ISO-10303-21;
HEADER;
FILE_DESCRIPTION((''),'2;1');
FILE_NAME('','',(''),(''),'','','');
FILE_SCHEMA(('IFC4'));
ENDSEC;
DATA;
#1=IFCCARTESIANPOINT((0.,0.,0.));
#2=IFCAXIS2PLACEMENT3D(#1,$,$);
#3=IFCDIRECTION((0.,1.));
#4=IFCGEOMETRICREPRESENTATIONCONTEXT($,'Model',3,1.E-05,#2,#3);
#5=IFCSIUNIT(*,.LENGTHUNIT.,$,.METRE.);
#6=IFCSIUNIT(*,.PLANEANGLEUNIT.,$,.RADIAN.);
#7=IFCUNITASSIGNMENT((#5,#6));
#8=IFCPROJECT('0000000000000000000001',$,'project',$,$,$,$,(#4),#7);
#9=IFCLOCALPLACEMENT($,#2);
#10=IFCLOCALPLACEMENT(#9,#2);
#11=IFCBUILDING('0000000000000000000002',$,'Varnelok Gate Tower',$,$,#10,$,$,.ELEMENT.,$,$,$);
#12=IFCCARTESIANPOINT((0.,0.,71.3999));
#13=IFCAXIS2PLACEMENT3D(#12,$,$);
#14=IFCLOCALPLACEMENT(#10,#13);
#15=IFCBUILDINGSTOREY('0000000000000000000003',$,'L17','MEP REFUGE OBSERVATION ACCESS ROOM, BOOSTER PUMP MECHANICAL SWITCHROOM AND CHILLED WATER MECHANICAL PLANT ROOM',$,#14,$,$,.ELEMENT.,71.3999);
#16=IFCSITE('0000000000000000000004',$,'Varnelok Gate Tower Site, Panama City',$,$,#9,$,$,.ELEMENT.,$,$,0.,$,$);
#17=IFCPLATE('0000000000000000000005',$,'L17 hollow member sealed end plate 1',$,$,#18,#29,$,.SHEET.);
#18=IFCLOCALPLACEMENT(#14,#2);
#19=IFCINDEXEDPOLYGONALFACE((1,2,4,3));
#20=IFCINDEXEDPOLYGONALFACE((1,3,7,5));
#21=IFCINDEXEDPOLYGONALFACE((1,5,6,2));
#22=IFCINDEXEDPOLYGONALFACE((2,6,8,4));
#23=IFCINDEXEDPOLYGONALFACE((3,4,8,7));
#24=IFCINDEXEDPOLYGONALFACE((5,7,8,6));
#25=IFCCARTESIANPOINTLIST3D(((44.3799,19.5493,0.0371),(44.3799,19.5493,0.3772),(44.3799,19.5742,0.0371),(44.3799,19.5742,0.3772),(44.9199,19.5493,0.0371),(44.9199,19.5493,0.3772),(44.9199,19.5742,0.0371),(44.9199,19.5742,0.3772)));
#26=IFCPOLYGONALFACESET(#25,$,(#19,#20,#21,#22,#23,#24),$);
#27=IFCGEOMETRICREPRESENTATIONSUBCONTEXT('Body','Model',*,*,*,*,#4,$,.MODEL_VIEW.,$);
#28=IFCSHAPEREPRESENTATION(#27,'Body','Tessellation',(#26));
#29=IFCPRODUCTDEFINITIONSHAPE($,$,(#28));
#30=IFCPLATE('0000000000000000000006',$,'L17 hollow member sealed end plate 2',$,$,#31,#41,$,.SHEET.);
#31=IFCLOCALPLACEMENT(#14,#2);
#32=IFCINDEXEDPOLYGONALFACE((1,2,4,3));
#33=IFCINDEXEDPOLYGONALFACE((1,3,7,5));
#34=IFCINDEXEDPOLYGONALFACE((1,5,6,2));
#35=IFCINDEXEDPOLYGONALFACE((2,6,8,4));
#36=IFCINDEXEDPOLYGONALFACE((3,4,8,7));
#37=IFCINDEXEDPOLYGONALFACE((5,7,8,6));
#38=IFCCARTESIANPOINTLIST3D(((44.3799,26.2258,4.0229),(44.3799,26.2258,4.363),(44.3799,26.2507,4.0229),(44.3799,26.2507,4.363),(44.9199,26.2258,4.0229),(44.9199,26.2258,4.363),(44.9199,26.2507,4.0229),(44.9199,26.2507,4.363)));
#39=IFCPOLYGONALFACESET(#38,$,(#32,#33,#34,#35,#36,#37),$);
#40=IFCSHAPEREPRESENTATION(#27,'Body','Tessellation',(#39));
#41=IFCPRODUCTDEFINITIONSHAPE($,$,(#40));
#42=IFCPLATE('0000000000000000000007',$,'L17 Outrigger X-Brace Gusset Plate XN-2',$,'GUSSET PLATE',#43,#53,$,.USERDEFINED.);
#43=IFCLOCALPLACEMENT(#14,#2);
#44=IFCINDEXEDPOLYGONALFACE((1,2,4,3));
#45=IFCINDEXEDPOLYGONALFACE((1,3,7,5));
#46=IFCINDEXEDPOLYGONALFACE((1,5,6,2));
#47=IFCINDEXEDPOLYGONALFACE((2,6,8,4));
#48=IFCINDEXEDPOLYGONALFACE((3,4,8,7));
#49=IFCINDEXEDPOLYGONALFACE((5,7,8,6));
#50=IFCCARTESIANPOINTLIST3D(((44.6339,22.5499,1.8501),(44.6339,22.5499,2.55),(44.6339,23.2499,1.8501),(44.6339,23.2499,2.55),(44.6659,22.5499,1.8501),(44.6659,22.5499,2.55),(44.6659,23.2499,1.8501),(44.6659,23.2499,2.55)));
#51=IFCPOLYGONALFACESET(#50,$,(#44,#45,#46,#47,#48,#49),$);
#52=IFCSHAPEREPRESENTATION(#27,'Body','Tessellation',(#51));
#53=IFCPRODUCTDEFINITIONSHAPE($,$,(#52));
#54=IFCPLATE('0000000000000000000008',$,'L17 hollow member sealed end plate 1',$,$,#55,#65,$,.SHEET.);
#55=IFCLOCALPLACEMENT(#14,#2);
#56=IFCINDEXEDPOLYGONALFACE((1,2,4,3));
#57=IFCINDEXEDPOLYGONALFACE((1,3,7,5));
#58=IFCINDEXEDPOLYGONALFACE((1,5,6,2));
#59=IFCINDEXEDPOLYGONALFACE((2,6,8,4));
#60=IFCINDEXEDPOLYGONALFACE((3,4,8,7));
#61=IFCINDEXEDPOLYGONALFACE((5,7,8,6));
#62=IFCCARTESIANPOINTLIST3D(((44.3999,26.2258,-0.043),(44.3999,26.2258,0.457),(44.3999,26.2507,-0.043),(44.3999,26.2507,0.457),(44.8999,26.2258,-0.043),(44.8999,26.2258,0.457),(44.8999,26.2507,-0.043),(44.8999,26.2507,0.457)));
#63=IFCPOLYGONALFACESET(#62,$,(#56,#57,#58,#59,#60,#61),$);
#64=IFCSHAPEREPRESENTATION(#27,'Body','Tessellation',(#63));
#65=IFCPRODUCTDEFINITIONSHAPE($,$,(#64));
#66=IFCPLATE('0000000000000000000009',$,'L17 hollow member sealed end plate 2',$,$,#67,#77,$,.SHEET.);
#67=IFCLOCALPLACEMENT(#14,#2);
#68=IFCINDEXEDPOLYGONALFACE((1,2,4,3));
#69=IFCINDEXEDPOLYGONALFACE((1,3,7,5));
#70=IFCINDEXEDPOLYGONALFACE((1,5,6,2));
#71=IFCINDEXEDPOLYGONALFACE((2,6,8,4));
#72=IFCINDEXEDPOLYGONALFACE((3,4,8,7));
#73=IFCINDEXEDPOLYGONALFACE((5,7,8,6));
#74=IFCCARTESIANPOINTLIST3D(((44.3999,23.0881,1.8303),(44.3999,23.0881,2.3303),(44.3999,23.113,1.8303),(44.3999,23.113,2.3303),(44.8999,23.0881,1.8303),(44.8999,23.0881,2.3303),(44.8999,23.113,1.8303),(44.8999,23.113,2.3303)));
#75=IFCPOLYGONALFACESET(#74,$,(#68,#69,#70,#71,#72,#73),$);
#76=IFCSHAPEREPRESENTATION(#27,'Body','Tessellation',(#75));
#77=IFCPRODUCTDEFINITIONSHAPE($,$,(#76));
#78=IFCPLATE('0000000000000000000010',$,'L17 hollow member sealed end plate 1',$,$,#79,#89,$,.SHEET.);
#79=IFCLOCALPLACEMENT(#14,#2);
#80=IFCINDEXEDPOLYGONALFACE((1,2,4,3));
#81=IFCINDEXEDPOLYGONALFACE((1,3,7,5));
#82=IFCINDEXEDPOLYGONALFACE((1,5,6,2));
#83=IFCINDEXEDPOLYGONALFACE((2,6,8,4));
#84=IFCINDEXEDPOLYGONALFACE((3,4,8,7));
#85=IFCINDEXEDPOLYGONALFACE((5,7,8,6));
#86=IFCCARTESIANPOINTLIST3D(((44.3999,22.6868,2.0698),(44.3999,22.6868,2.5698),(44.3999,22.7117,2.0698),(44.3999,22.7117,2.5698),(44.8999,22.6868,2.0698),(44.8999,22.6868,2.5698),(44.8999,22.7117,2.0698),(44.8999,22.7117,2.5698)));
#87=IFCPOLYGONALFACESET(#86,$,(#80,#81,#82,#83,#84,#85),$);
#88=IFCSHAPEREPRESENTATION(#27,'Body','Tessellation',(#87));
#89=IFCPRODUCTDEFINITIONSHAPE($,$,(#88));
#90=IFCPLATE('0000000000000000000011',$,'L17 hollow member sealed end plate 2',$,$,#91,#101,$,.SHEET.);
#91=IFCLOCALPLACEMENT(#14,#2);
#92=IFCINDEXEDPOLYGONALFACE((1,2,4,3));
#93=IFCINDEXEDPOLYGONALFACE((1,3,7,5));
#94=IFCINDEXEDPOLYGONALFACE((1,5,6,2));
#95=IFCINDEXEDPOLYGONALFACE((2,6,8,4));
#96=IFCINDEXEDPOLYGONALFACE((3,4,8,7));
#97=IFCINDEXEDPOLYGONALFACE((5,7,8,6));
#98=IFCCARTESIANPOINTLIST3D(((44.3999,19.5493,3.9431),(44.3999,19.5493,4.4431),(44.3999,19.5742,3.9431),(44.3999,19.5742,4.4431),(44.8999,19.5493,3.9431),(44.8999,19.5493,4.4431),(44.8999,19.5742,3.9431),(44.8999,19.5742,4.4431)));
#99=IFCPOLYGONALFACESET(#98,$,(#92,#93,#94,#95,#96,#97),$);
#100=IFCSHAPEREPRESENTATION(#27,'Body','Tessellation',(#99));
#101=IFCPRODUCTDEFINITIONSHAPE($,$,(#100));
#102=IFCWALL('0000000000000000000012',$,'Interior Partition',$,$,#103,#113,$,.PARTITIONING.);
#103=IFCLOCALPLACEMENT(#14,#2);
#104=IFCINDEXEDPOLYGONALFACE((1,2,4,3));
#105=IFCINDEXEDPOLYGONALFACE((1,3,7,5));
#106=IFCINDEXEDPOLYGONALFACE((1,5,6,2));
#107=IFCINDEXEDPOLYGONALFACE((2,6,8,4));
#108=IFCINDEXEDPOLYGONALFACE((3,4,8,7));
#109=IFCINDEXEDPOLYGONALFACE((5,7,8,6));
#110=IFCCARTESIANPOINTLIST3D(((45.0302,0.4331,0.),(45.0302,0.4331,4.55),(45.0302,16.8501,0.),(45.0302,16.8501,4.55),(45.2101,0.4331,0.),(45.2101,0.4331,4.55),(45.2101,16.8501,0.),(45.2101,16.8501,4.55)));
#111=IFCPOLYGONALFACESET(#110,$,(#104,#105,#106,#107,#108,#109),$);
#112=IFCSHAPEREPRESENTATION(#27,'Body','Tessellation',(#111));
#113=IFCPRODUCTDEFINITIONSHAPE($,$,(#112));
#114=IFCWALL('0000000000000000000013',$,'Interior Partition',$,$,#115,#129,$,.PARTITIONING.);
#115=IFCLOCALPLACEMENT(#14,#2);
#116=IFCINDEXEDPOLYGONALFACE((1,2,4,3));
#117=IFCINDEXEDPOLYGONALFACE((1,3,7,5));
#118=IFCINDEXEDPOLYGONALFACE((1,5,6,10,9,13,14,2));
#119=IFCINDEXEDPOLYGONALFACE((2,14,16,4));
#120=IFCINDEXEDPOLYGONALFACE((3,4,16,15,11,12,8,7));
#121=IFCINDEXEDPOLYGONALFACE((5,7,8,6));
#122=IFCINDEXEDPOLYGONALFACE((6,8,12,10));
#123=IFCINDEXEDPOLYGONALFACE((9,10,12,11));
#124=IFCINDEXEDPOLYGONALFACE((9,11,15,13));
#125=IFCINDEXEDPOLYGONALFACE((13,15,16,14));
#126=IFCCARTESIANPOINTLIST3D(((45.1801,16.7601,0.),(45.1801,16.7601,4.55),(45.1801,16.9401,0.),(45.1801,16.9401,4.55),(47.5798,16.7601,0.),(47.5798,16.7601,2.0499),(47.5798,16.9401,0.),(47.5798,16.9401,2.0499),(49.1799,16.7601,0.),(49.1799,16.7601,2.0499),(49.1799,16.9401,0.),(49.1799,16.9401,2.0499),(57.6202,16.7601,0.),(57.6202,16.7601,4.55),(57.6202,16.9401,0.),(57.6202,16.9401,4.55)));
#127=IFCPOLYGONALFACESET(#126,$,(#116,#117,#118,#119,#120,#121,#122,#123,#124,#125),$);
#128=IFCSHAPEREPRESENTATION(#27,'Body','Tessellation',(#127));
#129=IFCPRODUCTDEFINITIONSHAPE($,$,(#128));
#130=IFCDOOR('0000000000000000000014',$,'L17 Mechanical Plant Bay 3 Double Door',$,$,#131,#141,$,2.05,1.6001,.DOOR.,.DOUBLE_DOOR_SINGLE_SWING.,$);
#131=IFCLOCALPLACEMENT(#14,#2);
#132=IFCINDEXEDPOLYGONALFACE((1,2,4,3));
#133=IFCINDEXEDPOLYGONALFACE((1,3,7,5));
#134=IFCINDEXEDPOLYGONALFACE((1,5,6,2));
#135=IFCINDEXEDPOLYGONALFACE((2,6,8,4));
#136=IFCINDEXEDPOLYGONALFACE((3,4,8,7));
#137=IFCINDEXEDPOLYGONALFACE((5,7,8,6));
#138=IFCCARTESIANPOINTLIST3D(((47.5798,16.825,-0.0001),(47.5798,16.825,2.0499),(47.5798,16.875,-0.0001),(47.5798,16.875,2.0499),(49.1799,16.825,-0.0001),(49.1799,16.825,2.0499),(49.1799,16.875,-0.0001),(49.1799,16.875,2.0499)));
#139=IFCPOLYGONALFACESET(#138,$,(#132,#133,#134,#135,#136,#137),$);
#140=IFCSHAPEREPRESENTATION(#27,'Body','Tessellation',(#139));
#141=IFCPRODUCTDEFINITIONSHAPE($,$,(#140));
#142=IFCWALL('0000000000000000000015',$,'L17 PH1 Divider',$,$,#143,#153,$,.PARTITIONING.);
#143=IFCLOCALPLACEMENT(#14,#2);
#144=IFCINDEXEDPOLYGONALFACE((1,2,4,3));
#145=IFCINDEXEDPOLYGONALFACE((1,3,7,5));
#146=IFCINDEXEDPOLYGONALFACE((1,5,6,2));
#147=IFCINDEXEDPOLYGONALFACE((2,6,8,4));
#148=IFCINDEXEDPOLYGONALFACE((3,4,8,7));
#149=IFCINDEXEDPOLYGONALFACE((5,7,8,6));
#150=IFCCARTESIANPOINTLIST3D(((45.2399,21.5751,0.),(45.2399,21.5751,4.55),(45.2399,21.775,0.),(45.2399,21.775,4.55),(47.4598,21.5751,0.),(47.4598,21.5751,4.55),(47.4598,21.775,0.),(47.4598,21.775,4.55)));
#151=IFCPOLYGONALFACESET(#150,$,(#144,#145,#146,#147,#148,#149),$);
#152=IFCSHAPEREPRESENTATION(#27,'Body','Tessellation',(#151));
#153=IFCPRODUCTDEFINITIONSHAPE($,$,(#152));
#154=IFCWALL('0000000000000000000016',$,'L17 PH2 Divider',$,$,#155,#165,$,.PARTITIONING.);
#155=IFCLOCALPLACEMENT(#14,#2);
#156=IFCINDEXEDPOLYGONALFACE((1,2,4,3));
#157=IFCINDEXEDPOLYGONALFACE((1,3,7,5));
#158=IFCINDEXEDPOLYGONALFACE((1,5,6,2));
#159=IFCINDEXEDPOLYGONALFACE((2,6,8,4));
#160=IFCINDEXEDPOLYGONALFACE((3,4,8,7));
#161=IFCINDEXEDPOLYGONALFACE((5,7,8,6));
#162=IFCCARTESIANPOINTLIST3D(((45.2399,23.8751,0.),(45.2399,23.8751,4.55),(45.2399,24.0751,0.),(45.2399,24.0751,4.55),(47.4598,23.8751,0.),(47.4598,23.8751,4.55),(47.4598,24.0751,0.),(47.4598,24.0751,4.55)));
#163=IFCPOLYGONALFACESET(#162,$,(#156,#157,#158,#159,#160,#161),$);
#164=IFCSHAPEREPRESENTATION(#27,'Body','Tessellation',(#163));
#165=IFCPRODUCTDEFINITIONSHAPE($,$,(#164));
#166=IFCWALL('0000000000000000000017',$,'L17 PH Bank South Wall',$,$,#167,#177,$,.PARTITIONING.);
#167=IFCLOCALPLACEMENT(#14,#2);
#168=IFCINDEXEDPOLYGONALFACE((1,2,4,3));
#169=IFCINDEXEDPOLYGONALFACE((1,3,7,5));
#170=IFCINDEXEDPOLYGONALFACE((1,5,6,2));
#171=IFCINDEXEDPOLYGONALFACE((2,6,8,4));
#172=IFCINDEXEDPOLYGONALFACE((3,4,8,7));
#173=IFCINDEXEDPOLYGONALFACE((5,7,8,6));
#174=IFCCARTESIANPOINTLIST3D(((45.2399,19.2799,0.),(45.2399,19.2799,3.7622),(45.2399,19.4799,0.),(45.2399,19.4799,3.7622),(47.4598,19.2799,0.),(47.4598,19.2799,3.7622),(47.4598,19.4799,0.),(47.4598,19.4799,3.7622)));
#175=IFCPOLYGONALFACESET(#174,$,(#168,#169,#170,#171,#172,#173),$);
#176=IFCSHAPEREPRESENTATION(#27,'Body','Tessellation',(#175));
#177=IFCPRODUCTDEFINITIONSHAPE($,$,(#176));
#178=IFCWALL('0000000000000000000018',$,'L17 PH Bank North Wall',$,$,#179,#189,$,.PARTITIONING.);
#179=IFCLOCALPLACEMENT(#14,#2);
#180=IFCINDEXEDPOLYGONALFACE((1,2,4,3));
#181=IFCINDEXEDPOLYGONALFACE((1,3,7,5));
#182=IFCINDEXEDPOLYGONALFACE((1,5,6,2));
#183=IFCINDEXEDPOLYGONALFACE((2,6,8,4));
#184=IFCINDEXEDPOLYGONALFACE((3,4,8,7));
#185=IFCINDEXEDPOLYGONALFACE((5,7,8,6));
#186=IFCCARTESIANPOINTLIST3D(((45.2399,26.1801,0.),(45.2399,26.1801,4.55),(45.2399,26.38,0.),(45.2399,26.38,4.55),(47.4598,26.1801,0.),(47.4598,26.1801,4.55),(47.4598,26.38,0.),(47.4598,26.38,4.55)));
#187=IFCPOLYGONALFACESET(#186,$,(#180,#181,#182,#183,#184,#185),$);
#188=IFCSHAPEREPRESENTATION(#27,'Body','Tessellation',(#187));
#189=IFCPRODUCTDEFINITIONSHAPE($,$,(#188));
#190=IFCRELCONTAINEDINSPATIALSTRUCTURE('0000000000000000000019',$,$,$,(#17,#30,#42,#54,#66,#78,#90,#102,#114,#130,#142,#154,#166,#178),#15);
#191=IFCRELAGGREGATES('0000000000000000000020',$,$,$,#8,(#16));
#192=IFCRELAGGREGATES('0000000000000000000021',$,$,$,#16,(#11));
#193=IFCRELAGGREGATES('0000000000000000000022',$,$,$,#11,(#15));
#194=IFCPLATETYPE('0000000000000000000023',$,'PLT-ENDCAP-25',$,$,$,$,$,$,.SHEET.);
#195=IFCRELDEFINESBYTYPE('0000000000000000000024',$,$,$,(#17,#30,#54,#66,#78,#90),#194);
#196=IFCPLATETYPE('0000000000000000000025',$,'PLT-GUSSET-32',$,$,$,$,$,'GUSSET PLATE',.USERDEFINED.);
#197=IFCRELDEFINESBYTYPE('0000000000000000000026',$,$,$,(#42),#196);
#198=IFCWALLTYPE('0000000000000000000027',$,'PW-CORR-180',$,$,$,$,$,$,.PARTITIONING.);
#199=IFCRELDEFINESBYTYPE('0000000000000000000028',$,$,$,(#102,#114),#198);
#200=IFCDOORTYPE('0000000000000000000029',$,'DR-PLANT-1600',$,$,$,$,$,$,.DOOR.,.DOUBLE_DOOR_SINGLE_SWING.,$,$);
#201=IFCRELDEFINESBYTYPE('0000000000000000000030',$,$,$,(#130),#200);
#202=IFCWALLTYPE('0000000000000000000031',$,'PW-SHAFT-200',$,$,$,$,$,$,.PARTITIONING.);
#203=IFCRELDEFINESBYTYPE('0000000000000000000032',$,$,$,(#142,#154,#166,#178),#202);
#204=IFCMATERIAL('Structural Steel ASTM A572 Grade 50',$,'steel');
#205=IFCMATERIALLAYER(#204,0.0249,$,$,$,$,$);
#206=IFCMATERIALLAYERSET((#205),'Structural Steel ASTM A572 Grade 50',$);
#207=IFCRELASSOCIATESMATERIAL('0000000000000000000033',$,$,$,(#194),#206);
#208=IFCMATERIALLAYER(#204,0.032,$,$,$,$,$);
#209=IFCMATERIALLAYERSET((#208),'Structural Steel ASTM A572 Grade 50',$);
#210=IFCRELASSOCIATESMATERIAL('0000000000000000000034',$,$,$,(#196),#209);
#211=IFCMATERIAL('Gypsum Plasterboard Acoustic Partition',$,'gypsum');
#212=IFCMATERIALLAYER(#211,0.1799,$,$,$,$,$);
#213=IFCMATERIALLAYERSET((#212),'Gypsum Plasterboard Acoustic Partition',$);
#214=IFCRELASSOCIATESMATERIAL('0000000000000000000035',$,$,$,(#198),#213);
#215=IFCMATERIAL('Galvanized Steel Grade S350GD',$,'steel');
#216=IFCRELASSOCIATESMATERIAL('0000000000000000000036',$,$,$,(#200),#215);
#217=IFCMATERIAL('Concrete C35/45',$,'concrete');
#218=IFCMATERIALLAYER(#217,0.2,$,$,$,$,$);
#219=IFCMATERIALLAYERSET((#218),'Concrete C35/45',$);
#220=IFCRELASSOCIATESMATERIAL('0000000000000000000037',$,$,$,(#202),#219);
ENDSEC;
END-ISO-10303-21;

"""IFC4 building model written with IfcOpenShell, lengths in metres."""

from ifc_helpers import new_model, si_unit, direction, frame, frame_2d, origin, origin_2d, place, context, subcontext, project, spatial, rectangle, extrude, source, transform, mapped, material, layer, layer_set, type_object, element, fill, save


model = new_model("IFC4")

# Units and contexts
model_context = context("Model", 3, precision=1e-05, world=origin(), true_north=direction((0.0, 1.0)))
body_context = subcontext(model_context, "Body", "Model", "MODEL_VIEW")
ifc_project = project(units=[si_unit("LENGTHUNIT", "METRE"), si_unit("PLANEANGLEUNIT", "RADIAN")], contexts=[model_context])

# Site, building, storey
site_placement = place(None, origin())
site = spatial("IfcSite", under=ifc_project, at=site_placement, Name="Varnelok Gate Tower Site, Panama City", CompositionType="ELEMENT", RefElevation=0.0)
building_placement = place(site_placement, origin())
building = spatial("IfcBuilding", under=site, at=building_placement, Name="Varnelok Gate Tower", CompositionType="ELEMENT")
storey_placement = place(building_placement, frame((0.0, 0.0, 71.3999)))
storey = spatial("IfcBuildingStorey", under=building, at=storey_placement, Name="L17", Description="MEP REFUGE OBSERVATION ACCESS ROOM, BOOSTER PUMP MECHANICAL SWITCHROOM AND CHILLED WATER MECHANICAL PLANT ROOM", CompositionType="ELEMENT", Elevation=71.3999)

# Shared definitions
ifc_material_1 = material(Name="Structural Steel ASTM A572 Grade 50", Category="steel")

# Plates
ifc_layer_1 = layer(ifc_material_1, 0.0249)
ifc_layer_set_1 = layer_set([ifc_layer_1], Name="Structural Steel ASTM A572 Grade 50")
plate_type_1 = type_object("IfcPlateType", Name="PLT-ENDCAP-25", PredefinedType="SHEET", material=ifc_layer_set_1)
shared_shape_1 = source(origin(), body_context, "Body", "SweptSolid", [
    extrude(rectangle(XDim=0.0249, YDim=0.54, at=origin_2d()), origin(), (0.0, 0.0, 1.0), 0.3401),
])
for number, where, z_axis, x_axis, name in (
    (1, (44.6499, 19.5618, 0.0371), (0.0, 0.0, 1.0), (0.0, 1.0, 0.0), "L17 hollow member sealed end plate 1"),
    (2, (44.6499, 26.2383, 4.0229), (0.0, 0.0, 1.0), (0.0, 1.0, 0.0), "L17 hollow member sealed end plate 2"),
):
    element("IfcPlate", number, at=place(storey_placement, frame(where, z_axis=z_axis, x_axis=x_axis)), inside=storey, type_object=plate_type_1, Name=name, PredefinedType="SHEET", context=body_context, shape_type="MappedRepresentation", body=[
        mapped(shared_shape_1, transform((0.0, 0.0, 0.0), scale=1.0)),
    ])
ifc_layer_2 = layer(ifc_material_1, 0.032)
ifc_layer_set_2 = layer_set([ifc_layer_2], Name="Structural Steel ASTM A572 Grade 50")
plate_type_2 = type_object("IfcPlateType", Name="PLT-GUSSET-32", ElementType="GUSSET PLATE", PredefinedType="USERDEFINED", material=ifc_layer_set_2)
shared_shape_2 = source(origin(), body_context, "Body", "SweptSolid", [
    extrude(rectangle(XDim=0.7, YDim=0.032, at=origin_2d()), origin(), (0.0, 0.0, 1.0), 0.7),
])
plate_placement = place(storey_placement, frame((44.6499, 22.8999, 1.8501), z_axis=(0.0, 0.0, 1.0), x_axis=(0.0, -1.0, 0.0)))
element("IfcPlate", 3, at=plate_placement, inside=storey, type_object=plate_type_2, Name="L17 Outrigger X-Brace Gusset Plate XN-2", ObjectType="GUSSET PLATE", PredefinedType="USERDEFINED", context=body_context, shape_type="MappedRepresentation", body=[
    mapped(shared_shape_2, transform((0.0, 0.0, 0.0), scale=1.0)),
])
shared_shape_3 = source(origin(), body_context, "Body", "SweptSolid", [
    extrude(rectangle(XDim=0.0249, YDim=0.5, at=origin_2d()), origin(), (0.0, 0.0, 1.0), 0.5),
])
for number, where, z_axis, x_axis, name in (
    (4, (44.6499, 26.2383, -0.043), (0.0, 0.0, 1.0), (0.0, -1.0, 0.0), "L17 hollow member sealed end plate 1"),
    (5, (44.6499, 23.1006, 1.8303), (0.0, 0.0, 1.0), (0.0, -1.0, 0.0), "L17 hollow member sealed end plate 2"),
    (6, (44.6499, 22.6992, 2.0698), (0.0, 0.0, 1.0), (0.0, -1.0, 0.0), "L17 hollow member sealed end plate 1"),
    (7, (44.6499, 19.5618, 3.9431), (0.0, 0.0, 1.0), (0.0, -1.0, 0.0), "L17 hollow member sealed end plate 2"),
):
    element("IfcPlate", number, at=place(storey_placement, frame(where, z_axis=z_axis, x_axis=x_axis)), inside=storey, type_object=plate_type_1, Name=name, PredefinedType="SHEET", context=body_context, shape_type="MappedRepresentation", body=[
        mapped(shared_shape_3, transform((0.0, 0.0, 0.0), scale=1.0)),
    ])

# Wall
ifc_material_2 = material(Name="Gypsum Plasterboard Acoustic Partition", Category="gypsum")
ifc_layer_3 = layer(ifc_material_2, 0.1799)
ifc_layer_set_3 = layer_set([ifc_layer_3], Name="Gypsum Plasterboard Acoustic Partition")
wall_type_1 = type_object("IfcWallType", Name="PW-CORR-180", PredefinedType="PARTITIONING", material=ifc_layer_set_3)
wall_1_placement = place(storey_placement, frame((45.1201, 0.4331, 0.0), z_axis=(0.0, 0.0, 1.0), x_axis=(0.0, 1.0, 0.0)))
element("IfcWall", 8, at=wall_1_placement, inside=storey, type_object=wall_type_1, Name="Interior Partition", PredefinedType="PARTITIONING", context=body_context, shape_type="SweptSolid", body=[
    extrude(rectangle(XDim=16.417, YDim=0.1799, at=frame_2d((8.2085, 0.0))), origin(), (0.0, 0.0, 1.0), 4.55),
])

# Wall, opening, door
wall_2_placement = place(storey_placement, frame((45.1799, 16.8501, 0.0), z_axis=(0.0, 0.0, 1.0), x_axis=(1.0, 0.0, 0.0)))
wall_2 = element("IfcWall", 9, at=wall_2_placement, inside=storey, type_object=wall_type_1, Name="Interior Partition", PredefinedType="PARTITIONING", context=body_context, shape_type="SweptSolid", body=[
    extrude(rectangle(XDim=12.4402, YDim=0.1799, at=frame_2d((6.2202, 0.0))), origin(), (0.0, 0.0, 1.0), 4.55),
])
opening_placement = place(wall_2_placement, frame((2.3999, 0.0, 0.0)))
opening = element("IfcOpeningElement", 10, at=opening_placement, cuts=wall_2, PredefinedType="OPENING", context=body_context, shape_type="SweptSolid", body=[
    extrude(rectangle(XDim=1.6001, YDim=2.05, at=frame_2d((0.8, 1.0249))), frame((0.0, 0.0999, 0.0), z_axis=(0.0, -1.0, 0.0), x_axis=(1.0, 0.0, 0.0)), (0.0, 0.0, 1.0), 0.2),
])
ifc_material_3 = material(Name="Galvanized Steel Grade S350GD", Category="steel")
door_type = type_object("IfcDoorType", Name="DR-PLANT-1600", OperationType="DOUBLE_DOOR_SINGLE_SWING", PredefinedType="DOOR", material=ifc_material_3)
door_placement = place(opening_placement, origin())
door = element("IfcDoor", 11, at=door_placement, inside=storey, type_object=door_type, Name="L17 Mechanical Plant Bay 3 Double Door", OperationType="DOUBLE_DOOR_SINGLE_SWING", OverallHeight=2.05, OverallWidth=1.6001, PredefinedType="DOOR", context=body_context, shape_type="SweptSolid", body=[
    extrude(rectangle(XDim=1.6001, YDim=2.05, at=frame_2d((0.8, 1.0249))), frame((0.0, 0.0249, 0.0), z_axis=(0.0, -1.0, 0.0), x_axis=(1.0, 0.0, 0.0)), (0.0, 0.0, 1.0), 0.05),
])
fill(opening, door)

# Walls
ifc_material_4 = material(Name="Concrete C35/45", Category="concrete")
ifc_layer_4 = layer(ifc_material_4, 0.2)
ifc_layer_set_4 = layer_set([ifc_layer_4], Name="Concrete C35/45")
wall_type_2 = type_object("IfcWallType", Name="PW-SHAFT-200", PredefinedType="PARTITIONING", material=ifc_layer_set_4)
for number, where, z_axis, x_axis, name in (
    (12, (45.24, 21.675, 0.0), (0.0, 0.0, 1.0), (1.0, 0.0, 0.0), "L17 PH1 Divider"),
    (13, (45.24, 23.9751, 0.0), (0.0, 0.0, 1.0), (1.0, 0.0, 0.0), "L17 PH2 Divider"),
):
    element("IfcWall", number, at=place(storey_placement, frame(where, z_axis=z_axis, x_axis=x_axis)), inside=storey, type_object=wall_type_2, Name=name, PredefinedType="PARTITIONING", context=body_context, shape_type="SweptSolid", body=[
        extrude(rectangle(XDim=2.22, YDim=0.2, at=frame_2d((1.1099, 0.0))), origin(), (0.0, 0.0, 1.0), 4.55),
    ])
wall_3_placement = place(storey_placement, frame((45.24, 19.3799, 0.0), z_axis=(0.0, 0.0, 1.0), x_axis=(1.0, 0.0, 0.0)))
element("IfcWall", 14, at=wall_3_placement, inside=storey, type_object=wall_type_2, Name="L17 PH Bank South Wall", PredefinedType="PARTITIONING", context=body_context, shape_type="SweptSolid", body=[
    extrude(rectangle(XDim=2.22, YDim=0.2, at=frame_2d((1.1099, 0.0))), origin(), (0.0, 0.0, 1.0), 3.7622),
])
wall_4_placement = place(storey_placement, frame((45.24, 26.28, 0.0), z_axis=(0.0, 0.0, 1.0), x_axis=(1.0, 0.0, 0.0)))
element("IfcWall", 15, at=wall_4_placement, inside=storey, type_object=wall_type_2, Name="L17 PH Bank North Wall", PredefinedType="PARTITIONING", context=body_context, shape_type="SweptSolid", body=[
    extrude(rectangle(XDim=2.22, YDim=0.2, at=frame_2d((1.1099, 0.0))), origin(), (0.0, 0.0, 1.0), 4.55),
])

save(model, "model.ifc")
